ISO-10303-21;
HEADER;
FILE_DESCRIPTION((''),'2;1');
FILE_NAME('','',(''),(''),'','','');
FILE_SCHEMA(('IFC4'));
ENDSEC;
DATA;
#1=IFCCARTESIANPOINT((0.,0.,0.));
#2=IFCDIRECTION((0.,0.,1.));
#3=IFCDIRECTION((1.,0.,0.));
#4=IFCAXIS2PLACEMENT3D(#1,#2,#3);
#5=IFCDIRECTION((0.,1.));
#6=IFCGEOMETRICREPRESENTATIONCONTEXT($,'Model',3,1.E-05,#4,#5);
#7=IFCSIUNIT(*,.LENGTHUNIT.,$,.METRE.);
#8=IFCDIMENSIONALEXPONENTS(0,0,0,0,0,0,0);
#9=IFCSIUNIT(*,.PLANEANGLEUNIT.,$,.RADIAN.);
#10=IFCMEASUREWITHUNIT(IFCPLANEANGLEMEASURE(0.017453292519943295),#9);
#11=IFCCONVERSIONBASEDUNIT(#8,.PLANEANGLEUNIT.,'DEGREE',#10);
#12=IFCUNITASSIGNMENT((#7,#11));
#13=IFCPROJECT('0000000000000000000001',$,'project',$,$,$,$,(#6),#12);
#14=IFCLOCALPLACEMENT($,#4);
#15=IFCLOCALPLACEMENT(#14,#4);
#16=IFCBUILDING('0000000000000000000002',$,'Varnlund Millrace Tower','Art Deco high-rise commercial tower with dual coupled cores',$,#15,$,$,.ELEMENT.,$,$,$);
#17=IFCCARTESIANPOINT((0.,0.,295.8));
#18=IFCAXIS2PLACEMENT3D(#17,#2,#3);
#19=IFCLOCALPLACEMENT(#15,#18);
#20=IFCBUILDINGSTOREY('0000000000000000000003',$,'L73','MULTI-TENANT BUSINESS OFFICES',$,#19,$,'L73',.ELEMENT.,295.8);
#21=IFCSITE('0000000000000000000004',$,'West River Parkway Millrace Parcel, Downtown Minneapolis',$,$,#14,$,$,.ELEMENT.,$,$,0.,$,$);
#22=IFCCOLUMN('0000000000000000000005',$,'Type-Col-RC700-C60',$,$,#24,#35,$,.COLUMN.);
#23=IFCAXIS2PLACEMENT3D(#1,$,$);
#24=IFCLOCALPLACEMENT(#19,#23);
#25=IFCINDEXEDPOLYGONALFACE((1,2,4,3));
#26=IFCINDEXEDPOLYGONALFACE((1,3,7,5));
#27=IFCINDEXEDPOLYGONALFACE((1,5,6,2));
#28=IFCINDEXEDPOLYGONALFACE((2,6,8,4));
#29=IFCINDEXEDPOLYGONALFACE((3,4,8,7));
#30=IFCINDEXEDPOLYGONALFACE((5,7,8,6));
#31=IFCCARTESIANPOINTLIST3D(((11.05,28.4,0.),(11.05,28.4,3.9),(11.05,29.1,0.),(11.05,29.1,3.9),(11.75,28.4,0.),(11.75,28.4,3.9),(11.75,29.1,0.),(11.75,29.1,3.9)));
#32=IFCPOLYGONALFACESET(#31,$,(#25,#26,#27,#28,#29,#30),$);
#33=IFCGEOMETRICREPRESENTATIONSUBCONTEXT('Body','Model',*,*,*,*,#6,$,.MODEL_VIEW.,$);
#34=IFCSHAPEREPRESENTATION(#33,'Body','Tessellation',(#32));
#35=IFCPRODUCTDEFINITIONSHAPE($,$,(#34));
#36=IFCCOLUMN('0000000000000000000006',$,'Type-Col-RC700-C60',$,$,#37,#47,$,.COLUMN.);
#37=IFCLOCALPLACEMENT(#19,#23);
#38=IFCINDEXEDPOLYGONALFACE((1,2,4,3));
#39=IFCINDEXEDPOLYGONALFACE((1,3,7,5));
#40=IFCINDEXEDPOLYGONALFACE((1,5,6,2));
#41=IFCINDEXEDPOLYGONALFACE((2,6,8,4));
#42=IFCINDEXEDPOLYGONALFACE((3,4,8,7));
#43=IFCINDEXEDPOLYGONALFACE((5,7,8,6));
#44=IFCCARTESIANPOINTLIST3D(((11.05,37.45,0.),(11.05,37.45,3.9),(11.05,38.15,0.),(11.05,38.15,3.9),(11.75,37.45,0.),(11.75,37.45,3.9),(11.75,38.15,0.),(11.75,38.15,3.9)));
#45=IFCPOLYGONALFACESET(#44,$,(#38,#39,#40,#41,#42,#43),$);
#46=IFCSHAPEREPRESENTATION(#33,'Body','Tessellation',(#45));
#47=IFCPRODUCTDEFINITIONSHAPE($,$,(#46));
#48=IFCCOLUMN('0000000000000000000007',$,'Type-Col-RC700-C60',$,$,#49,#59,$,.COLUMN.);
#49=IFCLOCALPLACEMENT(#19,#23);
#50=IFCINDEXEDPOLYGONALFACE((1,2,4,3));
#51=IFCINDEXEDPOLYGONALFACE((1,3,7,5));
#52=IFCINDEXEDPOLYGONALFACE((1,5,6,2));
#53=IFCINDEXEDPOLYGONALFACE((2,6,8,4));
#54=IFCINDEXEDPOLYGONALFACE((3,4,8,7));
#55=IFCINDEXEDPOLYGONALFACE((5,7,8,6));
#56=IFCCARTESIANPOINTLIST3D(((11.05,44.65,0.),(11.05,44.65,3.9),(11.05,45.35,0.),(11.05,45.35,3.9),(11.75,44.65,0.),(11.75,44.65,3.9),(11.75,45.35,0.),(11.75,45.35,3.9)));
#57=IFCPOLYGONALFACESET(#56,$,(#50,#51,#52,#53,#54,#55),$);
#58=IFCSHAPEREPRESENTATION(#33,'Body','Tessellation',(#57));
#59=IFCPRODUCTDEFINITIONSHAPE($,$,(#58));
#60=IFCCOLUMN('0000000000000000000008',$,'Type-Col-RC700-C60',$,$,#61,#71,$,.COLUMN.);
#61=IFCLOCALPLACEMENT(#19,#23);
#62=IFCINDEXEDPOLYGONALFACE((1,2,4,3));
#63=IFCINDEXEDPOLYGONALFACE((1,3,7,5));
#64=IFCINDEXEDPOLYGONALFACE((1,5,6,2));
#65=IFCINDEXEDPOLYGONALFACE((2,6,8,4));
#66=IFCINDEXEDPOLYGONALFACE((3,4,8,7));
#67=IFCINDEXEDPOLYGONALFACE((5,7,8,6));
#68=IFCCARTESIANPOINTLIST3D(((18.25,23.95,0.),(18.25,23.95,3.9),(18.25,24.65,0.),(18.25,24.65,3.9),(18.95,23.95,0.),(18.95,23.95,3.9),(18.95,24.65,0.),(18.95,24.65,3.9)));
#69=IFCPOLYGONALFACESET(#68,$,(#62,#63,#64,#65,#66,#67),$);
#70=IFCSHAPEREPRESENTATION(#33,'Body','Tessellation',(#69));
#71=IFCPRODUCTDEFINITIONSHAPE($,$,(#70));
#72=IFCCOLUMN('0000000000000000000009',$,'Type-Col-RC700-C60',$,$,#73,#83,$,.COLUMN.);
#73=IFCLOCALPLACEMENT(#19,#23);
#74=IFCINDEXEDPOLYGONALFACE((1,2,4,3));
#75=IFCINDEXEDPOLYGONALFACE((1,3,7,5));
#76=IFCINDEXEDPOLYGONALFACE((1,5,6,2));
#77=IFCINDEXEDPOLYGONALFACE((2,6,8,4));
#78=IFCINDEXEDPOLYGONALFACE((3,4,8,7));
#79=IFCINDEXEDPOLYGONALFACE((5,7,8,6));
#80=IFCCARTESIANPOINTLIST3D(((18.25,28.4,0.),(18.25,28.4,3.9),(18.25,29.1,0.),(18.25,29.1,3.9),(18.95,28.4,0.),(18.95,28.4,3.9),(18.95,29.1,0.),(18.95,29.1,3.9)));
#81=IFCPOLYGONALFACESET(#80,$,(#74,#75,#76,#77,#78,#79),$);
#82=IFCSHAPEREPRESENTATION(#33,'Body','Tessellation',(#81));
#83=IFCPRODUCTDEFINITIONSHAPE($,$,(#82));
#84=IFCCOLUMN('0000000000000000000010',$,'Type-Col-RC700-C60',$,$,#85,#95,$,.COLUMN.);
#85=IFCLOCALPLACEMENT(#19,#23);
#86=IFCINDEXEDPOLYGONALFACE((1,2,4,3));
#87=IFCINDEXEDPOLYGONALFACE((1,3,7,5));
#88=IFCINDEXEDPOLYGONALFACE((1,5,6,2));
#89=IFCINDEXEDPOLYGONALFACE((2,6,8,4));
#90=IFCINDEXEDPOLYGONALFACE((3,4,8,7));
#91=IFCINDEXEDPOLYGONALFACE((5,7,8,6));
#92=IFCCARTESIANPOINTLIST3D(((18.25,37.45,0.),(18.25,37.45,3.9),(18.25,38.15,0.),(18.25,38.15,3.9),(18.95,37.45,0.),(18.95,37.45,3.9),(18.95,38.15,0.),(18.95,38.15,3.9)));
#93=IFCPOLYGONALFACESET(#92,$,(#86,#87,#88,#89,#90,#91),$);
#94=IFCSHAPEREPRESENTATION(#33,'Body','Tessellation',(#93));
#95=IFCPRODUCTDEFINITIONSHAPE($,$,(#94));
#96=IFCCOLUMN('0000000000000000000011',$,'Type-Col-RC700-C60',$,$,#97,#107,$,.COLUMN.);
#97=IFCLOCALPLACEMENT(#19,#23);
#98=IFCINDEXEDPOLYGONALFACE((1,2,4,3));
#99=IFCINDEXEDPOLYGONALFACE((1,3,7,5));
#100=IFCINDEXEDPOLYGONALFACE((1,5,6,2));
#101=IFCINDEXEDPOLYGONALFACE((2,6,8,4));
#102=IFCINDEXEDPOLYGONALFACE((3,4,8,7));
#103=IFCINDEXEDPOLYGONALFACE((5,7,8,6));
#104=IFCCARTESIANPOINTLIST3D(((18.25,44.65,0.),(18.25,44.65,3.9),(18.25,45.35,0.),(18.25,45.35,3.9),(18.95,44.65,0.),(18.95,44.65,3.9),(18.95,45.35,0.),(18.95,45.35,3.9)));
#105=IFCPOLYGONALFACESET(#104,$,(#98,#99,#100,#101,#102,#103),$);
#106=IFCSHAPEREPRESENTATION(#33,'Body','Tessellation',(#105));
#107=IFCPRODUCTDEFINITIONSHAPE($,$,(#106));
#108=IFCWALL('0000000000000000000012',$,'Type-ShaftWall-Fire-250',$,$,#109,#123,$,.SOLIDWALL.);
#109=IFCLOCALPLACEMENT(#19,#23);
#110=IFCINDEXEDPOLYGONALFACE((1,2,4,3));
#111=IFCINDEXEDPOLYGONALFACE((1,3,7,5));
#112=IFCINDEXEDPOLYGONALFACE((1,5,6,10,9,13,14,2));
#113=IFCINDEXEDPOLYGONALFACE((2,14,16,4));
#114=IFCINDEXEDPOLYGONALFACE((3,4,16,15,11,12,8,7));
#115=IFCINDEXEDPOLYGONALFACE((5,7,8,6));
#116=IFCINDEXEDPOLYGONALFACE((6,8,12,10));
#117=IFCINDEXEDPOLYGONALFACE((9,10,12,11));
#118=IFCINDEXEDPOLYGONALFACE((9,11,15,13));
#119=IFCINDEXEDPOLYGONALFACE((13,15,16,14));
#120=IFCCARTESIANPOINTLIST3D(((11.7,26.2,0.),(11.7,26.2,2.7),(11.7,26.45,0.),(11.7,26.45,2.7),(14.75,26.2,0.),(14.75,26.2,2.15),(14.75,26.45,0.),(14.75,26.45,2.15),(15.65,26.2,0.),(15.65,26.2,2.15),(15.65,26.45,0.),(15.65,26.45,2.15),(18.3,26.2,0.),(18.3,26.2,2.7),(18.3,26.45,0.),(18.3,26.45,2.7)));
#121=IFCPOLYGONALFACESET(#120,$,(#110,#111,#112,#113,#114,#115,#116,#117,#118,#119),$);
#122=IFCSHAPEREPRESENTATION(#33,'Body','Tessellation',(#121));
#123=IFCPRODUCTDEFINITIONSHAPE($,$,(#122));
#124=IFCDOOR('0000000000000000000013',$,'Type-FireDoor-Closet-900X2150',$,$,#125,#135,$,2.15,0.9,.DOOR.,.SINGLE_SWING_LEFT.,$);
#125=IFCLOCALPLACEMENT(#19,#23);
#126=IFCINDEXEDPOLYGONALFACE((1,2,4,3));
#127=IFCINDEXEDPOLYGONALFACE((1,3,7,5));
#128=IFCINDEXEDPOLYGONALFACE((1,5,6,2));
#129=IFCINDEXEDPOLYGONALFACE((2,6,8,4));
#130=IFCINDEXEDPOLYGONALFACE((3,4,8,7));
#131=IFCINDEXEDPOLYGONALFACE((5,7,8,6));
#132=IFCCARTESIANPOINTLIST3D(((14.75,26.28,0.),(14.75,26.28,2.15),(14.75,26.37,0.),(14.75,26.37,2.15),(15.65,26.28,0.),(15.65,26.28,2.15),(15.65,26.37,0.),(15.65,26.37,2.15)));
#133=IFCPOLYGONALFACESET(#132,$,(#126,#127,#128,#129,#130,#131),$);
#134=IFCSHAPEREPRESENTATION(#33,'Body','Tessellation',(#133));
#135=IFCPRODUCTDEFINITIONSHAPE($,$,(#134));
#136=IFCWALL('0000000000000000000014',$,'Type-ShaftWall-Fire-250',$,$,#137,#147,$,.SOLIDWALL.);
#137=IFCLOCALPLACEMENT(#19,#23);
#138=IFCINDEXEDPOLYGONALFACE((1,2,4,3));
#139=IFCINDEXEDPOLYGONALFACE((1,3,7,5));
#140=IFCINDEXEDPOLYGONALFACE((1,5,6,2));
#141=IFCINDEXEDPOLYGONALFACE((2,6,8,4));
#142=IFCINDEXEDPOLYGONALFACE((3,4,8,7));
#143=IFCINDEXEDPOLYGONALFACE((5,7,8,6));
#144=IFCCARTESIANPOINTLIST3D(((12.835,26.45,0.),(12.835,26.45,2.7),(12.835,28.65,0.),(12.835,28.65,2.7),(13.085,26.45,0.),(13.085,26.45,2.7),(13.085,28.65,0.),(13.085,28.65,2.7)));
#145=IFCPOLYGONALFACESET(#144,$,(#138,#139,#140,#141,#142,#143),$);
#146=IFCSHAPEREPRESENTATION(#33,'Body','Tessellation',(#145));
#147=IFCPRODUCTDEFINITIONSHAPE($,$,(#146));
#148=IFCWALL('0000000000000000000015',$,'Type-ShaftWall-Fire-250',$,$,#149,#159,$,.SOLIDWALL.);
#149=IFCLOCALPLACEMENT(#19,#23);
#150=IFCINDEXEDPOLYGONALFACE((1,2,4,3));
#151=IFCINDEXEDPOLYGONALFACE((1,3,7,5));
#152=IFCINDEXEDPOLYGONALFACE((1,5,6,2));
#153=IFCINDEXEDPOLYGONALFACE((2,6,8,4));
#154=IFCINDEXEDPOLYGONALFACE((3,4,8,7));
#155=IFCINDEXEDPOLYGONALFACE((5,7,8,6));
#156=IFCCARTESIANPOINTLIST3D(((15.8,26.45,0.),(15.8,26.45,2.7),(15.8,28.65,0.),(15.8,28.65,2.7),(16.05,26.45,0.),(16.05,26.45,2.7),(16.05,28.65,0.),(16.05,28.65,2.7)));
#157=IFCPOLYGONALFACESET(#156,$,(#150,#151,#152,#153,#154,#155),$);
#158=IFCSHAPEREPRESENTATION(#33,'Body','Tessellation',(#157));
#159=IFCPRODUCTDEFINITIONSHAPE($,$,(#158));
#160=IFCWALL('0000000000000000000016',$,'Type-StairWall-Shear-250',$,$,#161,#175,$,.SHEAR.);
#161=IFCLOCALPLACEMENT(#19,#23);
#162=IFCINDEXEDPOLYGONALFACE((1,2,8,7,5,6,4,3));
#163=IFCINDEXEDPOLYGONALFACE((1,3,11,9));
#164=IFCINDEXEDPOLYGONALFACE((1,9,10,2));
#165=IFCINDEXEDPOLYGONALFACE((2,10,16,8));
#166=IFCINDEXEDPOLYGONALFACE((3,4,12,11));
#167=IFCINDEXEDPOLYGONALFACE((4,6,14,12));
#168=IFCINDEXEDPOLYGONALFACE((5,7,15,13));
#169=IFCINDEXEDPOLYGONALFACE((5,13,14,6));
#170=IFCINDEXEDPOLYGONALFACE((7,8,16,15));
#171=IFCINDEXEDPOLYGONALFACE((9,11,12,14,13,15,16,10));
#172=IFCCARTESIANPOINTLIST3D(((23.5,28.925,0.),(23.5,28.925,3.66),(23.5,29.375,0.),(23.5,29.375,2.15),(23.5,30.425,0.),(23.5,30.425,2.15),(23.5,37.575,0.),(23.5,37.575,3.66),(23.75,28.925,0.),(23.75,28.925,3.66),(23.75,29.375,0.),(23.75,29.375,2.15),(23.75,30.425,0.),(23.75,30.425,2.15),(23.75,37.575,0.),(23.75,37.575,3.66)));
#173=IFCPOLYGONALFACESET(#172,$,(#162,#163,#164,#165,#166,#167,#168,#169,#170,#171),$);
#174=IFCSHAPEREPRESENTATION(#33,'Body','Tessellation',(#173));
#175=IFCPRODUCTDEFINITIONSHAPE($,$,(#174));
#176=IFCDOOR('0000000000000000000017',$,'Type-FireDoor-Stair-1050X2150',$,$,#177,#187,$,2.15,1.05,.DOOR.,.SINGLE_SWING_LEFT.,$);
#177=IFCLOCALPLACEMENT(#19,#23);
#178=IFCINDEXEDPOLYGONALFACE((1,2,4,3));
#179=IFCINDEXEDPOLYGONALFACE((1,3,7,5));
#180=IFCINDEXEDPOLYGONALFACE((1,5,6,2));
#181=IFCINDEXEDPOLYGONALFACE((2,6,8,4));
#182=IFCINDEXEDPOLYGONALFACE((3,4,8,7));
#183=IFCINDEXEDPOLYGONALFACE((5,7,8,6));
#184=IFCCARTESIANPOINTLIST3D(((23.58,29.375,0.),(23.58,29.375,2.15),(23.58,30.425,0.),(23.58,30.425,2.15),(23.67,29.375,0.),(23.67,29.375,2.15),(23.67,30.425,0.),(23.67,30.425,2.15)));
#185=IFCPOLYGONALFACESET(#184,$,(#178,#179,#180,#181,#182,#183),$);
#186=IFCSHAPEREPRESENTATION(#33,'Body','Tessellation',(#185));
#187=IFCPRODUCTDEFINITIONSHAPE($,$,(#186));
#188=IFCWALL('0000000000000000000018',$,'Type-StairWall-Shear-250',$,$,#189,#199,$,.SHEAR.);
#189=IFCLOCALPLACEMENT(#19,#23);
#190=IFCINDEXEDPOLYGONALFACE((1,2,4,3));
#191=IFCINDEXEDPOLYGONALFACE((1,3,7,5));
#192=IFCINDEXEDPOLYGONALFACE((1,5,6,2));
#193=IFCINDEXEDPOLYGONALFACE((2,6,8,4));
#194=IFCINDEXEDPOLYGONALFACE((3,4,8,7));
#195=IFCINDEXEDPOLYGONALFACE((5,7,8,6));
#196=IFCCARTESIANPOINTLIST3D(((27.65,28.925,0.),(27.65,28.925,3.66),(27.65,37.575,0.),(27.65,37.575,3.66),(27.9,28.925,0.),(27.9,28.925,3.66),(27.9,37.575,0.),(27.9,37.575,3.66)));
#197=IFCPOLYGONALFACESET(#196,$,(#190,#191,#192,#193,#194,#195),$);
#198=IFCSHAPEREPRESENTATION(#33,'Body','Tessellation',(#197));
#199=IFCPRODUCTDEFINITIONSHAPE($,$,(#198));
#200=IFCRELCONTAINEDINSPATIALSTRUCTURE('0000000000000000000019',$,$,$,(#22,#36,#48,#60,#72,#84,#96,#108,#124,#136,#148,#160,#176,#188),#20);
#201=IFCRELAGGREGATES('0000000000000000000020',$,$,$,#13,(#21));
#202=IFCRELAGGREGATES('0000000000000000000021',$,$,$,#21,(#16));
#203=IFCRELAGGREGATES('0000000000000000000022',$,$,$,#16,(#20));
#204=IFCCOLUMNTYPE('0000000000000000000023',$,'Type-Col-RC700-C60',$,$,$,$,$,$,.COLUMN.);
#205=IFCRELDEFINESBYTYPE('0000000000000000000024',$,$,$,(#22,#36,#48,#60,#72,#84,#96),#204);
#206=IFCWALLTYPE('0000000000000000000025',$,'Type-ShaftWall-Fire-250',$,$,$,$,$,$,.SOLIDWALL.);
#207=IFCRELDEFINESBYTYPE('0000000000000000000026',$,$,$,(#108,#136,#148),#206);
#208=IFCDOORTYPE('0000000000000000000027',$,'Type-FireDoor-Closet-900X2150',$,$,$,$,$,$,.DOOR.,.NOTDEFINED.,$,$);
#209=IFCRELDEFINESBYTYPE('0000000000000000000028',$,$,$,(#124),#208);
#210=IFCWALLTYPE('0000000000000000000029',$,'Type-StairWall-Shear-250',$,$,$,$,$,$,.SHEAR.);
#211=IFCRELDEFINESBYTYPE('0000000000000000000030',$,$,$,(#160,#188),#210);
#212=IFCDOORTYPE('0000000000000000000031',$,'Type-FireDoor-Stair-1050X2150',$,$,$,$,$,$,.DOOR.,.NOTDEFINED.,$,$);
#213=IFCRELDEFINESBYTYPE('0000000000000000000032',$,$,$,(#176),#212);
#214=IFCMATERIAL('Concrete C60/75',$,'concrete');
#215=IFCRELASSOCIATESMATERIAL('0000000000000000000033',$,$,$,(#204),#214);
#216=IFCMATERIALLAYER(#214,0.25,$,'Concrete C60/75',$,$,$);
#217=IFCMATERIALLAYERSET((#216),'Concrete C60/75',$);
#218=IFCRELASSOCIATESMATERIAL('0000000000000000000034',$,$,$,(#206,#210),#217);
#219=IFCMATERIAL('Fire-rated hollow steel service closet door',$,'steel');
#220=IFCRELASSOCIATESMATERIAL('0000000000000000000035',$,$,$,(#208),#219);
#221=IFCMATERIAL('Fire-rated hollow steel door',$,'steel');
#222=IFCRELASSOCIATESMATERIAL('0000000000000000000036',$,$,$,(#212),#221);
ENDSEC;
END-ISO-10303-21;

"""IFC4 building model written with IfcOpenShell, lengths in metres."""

from ifc_helpers import new_model, entity, si_unit, converted_unit, direction, frame, origin_with_axes, origin_2d_with_axis, place, context, subcontext, project, spatial, polyline, rectangle, outline, extrude, material, layer, layer_set, material_profile, profile_set, type_object, element, fill, save


model = new_model("IFC4")

# Units and contexts
model_context = context("Model", 3, precision=1e-05, world=origin_with_axes(), true_north=direction((0.0, 1.0)))
body_context = subcontext(model_context, "Body", "Model", "MODEL_VIEW")
ifc_project = project(units=[si_unit("LENGTHUNIT", "METRE"), converted_unit("PLANEANGLEUNIT", "DEGREE", entity("IfcPlaneAngleMeasure", 0.017453292519943295), si_unit("PLANEANGLEUNIT", "RADIAN"), dimensions=[0, 0, 0, 0, 0, 0, 0])], contexts=[model_context])

# Site, building, storey
site_placement = place(None, origin_with_axes())
site = spatial("IfcSite", under=ifc_project, at=site_placement, Name="West River Parkway Millrace Parcel, Downtown Minneapolis", CompositionType="ELEMENT", RefElevation=0.0)
building_placement = place(site_placement, origin_with_axes())
building = spatial("IfcBuilding", under=site, at=building_placement, Name="Varnlund Millrace Tower", Description="Art Deco high-rise commercial tower with dual coupled cores", CompositionType="ELEMENT")
storey_placement = place(building_placement, frame((0.0, 0.0, 295.8), z_axis=(0.0, 0.0, 1.0), x_axis=(1.0, 0.0, 0.0)))
storey = spatial("IfcBuildingStorey", under=building, at=storey_placement, Name="L73", Description="MULTI-TENANT BUSINESS OFFICES", LongName="L73", CompositionType="ELEMENT", Elevation=295.8)

# Columns
ifc_material_1 = material(Name="Concrete C60/75", Category="concrete")
ifc_material_profile = material_profile(ifc_material_1, rectangle(XDim=0.7, YDim=0.7, at=origin_2d_with_axis()), Name="Concrete C60/75")
ifc_profile_set = profile_set([ifc_material_profile], Name="Concrete C60/75")
column_type = type_object("IfcColumnType", Name="Type-Col-RC700-C60", PredefinedType="COLUMN", material=ifc_profile_set)
for number, where, z_axis, x_axis, name in (
    (1, (11.4, 28.75, 0.0), (0.0, 0.0, 1.0), (1.0, 0.0, 0.0), "Type-Col-RC700-C60"),
    (2, (11.4, 37.8, 0.0), (0.0, 0.0, 1.0), (1.0, 0.0, 0.0), "Type-Col-RC700-C60"),
    (3, (11.4, 45.0, 0.0), (0.0, 0.0, 1.0), (1.0, 0.0, 0.0), "Type-Col-RC700-C60"),
    (4, (18.6, 24.3, 0.0), (0.0, 0.0, 1.0), (1.0, 0.0, 0.0), "Type-Col-RC700-C60"),
    (5, (18.6, 28.75, 0.0), (0.0, 0.0, 1.0), (1.0, 0.0, 0.0), "Type-Col-RC700-C60"),
    (6, (18.6, 37.8, 0.0), (0.0, 0.0, 1.0), (1.0, 0.0, 0.0), "Type-Col-RC700-C60"),
    (7, (18.6, 45.0, 0.0), (0.0, 0.0, 1.0), (1.0, 0.0, 0.0), "Type-Col-RC700-C60"),
):
    element("IfcColumn", number, at=place(storey_placement, frame(where, z_axis=z_axis, x_axis=x_axis)), inside=storey, type_object=column_type, Name=name, PredefinedType="COLUMN", context=body_context, shape_type="SweptSolid", body=[
        extrude(rectangle(XDim=0.7, YDim=0.7, at=origin_2d_with_axis()), origin_with_axes(), (0.0, 0.0, 1.0), 3.9),
    ])

# Wall, opening, door
ifc_layer = layer(ifc_material_1, 0.25, Name="Concrete C60/75")
ifc_layer_set = layer_set([ifc_layer], Name="Concrete C60/75")
wall_type_1 = type_object("IfcWallType", Name="Type-ShaftWall-Fire-250", PredefinedType="SOLIDWALL", material=ifc_layer_set)
wall_1_placement = place(storey_placement, frame((11.7, 26.325, 0.0), z_axis=(0.0, 0.0, 1.0), x_axis=(1.0, 0.0, 0.0)))
wall_1 = element("IfcWall", 8, at=wall_1_placement, inside=storey, type_object=wall_type_1, Name="Type-ShaftWall-Fire-250", PredefinedType="SOLIDWALL", context=body_context, shape_type="SweptSolid", body=[
    extrude(outline(polyline([(0.0, -0.125), (6.6, -0.125), (6.6, 0.125), (0.0, 0.125), (0.0, -0.125)])), origin_with_axes(), (0.0, 0.0, 1.0), 2.7),
])
opening_1_placement = place(wall_1_placement, frame((3.5, 0.0, 0.0), z_axis=(0.0, 0.0, 1.0), x_axis=(1.0, 0.0, 0.0)))
opening_1 = element("IfcOpeningElement", 9, at=opening_1_placement, cuts=wall_1, PredefinedType="OPENING", context=body_context, shape_type="SweptSolid", body=[
    extrude(rectangle(XDim=0.9, YDim=0.27, at=origin_2d_with_axis()), origin_with_axes(), (0.0, 0.0, 1.0), 2.15),
])
ifc_material_2 = material(Name="Fire-rated hollow steel service closet door", Category="steel")
door_type_1 = type_object("IfcDoorType", Name="Type-FireDoor-Closet-900X2150", OperationType="NOTDEFINED", PredefinedType="DOOR", material=ifc_material_2)
door_1_placement = place(wall_1_placement, frame((3.5, 0.0, 0.0), z_axis=(0.0, 0.0, 1.0), x_axis=(1.0, 0.0, 0.0)))
door_1 = element("IfcDoor", 10, at=door_1_placement, inside=storey, type_object=door_type_1, Name="Type-FireDoor-Closet-900X2150", OperationType="SINGLE_SWING_LEFT", OverallHeight=2.15, OverallWidth=0.9, PredefinedType="DOOR", context=body_context, shape_type="SweptSolid", body=[
    extrude(rectangle(XDim=0.9, YDim=0.09, at=origin_2d_with_axis()), origin_with_axes(), (0.0, 0.0, 1.0), 2.15),
])
fill(opening_1, door_1)

# Walls
for number, where, z_axis, x_axis, name in (
    (11, (12.96, 26.45, 0.0), (0.0, 0.0, 1.0), (0.0, 1.0, 0.0), "Type-ShaftWall-Fire-250"),
    (12, (15.925, 26.45, 0.0), (0.0, 0.0, 1.0), (0.0, 1.0, 0.0), "Type-ShaftWall-Fire-250"),
):
    element("IfcWall", number, at=place(storey_placement, frame(where, z_axis=z_axis, x_axis=x_axis)), inside=storey, type_object=wall_type_1, Name=name, PredefinedType="SOLIDWALL", context=body_context, shape_type="SweptSolid", body=[
        extrude(outline(polyline([(0.0, -0.125), (2.2, -0.125), (2.2, 0.125), (0.0, 0.125), (0.0, -0.125)])), origin_with_axes(), (0.0, 0.0, 1.0), 2.7),
    ])

# Wall, opening, door
wall_type_2 = type_object("IfcWallType", Name="Type-StairWall-Shear-250", PredefinedType="SHEAR", material=ifc_layer_set)
wall_2_placement = place(storey_placement, frame((23.625, 28.925, 0.0), z_axis=(0.0, 0.0, 1.0), x_axis=(0.0, 1.0, 0.0)))
wall_2 = element("IfcWall", 13, at=wall_2_placement, inside=storey, type_object=wall_type_2, Name="Type-StairWall-Shear-250", PredefinedType="SHEAR", context=body_context, shape_type="SweptSolid", body=[
    extrude(outline(polyline([(0.0, -0.125), (8.65, -0.125), (8.65, 0.125), (0.0, 0.125), (0.0, -0.125)])), origin_with_axes(), (0.0, 0.0, 1.0), 3.66),
])
opening_2_placement = place(wall_2_placement, frame((0.975, 0.0, 0.0), z_axis=(0.0, 0.0, 1.0), x_axis=(1.0, 0.0, 0.0)))
opening_2 = element("IfcOpeningElement", 14, at=opening_2_placement, cuts=wall_2, PredefinedType="OPENING", context=body_context, shape_type="SweptSolid", body=[
    extrude(rectangle(XDim=1.05, YDim=0.27, at=origin_2d_with_axis()), origin_with_axes(), (0.0, 0.0, 1.0), 2.15),
])
ifc_material_3 = material(Name="Fire-rated hollow steel door", Category="steel")
door_type_2 = type_object("IfcDoorType", Name="Type-FireDoor-Stair-1050X2150", OperationType="NOTDEFINED", PredefinedType="DOOR", material=ifc_material_3)
door_2_placement = place(wall_2_placement, frame((0.975, 0.0, 0.0), z_axis=(0.0, 0.0, 1.0), x_axis=(1.0, 0.0, 0.0)))
door_2 = element("IfcDoor", 15, at=door_2_placement, inside=storey, type_object=door_type_2, Name="Type-FireDoor-Stair-1050X2150", OperationType="SINGLE_SWING_LEFT", OverallHeight=2.15, OverallWidth=1.05, PredefinedType="DOOR", context=body_context, shape_type="SweptSolid", body=[
    extrude(rectangle(XDim=1.05, YDim=0.09, at=origin_2d_with_axis()), origin_with_axes(), (0.0, 0.0, 1.0), 2.15),
])
fill(opening_2, door_2)

# Wall
wall_3_placement = place(storey_placement, frame((27.775, 28.925, 0.0), z_axis=(0.0, 0.0, 1.0), x_axis=(0.0, 1.0, 0.0)))
element("IfcWall", 16, at=wall_3_placement, inside=storey, type_object=wall_type_2, Name="Type-StairWall-Shear-250", PredefinedType="SHEAR", context=body_context, shape_type="SweptSolid", body=[
    extrude(outline(polyline([(0.0, -0.125), (8.65, -0.125), (8.65, 0.125), (0.0, 0.125), (0.0, -0.125)])), origin_with_axes(), (0.0, 0.0, 1.0), 3.66),
])

save(model, "model.ifc")
